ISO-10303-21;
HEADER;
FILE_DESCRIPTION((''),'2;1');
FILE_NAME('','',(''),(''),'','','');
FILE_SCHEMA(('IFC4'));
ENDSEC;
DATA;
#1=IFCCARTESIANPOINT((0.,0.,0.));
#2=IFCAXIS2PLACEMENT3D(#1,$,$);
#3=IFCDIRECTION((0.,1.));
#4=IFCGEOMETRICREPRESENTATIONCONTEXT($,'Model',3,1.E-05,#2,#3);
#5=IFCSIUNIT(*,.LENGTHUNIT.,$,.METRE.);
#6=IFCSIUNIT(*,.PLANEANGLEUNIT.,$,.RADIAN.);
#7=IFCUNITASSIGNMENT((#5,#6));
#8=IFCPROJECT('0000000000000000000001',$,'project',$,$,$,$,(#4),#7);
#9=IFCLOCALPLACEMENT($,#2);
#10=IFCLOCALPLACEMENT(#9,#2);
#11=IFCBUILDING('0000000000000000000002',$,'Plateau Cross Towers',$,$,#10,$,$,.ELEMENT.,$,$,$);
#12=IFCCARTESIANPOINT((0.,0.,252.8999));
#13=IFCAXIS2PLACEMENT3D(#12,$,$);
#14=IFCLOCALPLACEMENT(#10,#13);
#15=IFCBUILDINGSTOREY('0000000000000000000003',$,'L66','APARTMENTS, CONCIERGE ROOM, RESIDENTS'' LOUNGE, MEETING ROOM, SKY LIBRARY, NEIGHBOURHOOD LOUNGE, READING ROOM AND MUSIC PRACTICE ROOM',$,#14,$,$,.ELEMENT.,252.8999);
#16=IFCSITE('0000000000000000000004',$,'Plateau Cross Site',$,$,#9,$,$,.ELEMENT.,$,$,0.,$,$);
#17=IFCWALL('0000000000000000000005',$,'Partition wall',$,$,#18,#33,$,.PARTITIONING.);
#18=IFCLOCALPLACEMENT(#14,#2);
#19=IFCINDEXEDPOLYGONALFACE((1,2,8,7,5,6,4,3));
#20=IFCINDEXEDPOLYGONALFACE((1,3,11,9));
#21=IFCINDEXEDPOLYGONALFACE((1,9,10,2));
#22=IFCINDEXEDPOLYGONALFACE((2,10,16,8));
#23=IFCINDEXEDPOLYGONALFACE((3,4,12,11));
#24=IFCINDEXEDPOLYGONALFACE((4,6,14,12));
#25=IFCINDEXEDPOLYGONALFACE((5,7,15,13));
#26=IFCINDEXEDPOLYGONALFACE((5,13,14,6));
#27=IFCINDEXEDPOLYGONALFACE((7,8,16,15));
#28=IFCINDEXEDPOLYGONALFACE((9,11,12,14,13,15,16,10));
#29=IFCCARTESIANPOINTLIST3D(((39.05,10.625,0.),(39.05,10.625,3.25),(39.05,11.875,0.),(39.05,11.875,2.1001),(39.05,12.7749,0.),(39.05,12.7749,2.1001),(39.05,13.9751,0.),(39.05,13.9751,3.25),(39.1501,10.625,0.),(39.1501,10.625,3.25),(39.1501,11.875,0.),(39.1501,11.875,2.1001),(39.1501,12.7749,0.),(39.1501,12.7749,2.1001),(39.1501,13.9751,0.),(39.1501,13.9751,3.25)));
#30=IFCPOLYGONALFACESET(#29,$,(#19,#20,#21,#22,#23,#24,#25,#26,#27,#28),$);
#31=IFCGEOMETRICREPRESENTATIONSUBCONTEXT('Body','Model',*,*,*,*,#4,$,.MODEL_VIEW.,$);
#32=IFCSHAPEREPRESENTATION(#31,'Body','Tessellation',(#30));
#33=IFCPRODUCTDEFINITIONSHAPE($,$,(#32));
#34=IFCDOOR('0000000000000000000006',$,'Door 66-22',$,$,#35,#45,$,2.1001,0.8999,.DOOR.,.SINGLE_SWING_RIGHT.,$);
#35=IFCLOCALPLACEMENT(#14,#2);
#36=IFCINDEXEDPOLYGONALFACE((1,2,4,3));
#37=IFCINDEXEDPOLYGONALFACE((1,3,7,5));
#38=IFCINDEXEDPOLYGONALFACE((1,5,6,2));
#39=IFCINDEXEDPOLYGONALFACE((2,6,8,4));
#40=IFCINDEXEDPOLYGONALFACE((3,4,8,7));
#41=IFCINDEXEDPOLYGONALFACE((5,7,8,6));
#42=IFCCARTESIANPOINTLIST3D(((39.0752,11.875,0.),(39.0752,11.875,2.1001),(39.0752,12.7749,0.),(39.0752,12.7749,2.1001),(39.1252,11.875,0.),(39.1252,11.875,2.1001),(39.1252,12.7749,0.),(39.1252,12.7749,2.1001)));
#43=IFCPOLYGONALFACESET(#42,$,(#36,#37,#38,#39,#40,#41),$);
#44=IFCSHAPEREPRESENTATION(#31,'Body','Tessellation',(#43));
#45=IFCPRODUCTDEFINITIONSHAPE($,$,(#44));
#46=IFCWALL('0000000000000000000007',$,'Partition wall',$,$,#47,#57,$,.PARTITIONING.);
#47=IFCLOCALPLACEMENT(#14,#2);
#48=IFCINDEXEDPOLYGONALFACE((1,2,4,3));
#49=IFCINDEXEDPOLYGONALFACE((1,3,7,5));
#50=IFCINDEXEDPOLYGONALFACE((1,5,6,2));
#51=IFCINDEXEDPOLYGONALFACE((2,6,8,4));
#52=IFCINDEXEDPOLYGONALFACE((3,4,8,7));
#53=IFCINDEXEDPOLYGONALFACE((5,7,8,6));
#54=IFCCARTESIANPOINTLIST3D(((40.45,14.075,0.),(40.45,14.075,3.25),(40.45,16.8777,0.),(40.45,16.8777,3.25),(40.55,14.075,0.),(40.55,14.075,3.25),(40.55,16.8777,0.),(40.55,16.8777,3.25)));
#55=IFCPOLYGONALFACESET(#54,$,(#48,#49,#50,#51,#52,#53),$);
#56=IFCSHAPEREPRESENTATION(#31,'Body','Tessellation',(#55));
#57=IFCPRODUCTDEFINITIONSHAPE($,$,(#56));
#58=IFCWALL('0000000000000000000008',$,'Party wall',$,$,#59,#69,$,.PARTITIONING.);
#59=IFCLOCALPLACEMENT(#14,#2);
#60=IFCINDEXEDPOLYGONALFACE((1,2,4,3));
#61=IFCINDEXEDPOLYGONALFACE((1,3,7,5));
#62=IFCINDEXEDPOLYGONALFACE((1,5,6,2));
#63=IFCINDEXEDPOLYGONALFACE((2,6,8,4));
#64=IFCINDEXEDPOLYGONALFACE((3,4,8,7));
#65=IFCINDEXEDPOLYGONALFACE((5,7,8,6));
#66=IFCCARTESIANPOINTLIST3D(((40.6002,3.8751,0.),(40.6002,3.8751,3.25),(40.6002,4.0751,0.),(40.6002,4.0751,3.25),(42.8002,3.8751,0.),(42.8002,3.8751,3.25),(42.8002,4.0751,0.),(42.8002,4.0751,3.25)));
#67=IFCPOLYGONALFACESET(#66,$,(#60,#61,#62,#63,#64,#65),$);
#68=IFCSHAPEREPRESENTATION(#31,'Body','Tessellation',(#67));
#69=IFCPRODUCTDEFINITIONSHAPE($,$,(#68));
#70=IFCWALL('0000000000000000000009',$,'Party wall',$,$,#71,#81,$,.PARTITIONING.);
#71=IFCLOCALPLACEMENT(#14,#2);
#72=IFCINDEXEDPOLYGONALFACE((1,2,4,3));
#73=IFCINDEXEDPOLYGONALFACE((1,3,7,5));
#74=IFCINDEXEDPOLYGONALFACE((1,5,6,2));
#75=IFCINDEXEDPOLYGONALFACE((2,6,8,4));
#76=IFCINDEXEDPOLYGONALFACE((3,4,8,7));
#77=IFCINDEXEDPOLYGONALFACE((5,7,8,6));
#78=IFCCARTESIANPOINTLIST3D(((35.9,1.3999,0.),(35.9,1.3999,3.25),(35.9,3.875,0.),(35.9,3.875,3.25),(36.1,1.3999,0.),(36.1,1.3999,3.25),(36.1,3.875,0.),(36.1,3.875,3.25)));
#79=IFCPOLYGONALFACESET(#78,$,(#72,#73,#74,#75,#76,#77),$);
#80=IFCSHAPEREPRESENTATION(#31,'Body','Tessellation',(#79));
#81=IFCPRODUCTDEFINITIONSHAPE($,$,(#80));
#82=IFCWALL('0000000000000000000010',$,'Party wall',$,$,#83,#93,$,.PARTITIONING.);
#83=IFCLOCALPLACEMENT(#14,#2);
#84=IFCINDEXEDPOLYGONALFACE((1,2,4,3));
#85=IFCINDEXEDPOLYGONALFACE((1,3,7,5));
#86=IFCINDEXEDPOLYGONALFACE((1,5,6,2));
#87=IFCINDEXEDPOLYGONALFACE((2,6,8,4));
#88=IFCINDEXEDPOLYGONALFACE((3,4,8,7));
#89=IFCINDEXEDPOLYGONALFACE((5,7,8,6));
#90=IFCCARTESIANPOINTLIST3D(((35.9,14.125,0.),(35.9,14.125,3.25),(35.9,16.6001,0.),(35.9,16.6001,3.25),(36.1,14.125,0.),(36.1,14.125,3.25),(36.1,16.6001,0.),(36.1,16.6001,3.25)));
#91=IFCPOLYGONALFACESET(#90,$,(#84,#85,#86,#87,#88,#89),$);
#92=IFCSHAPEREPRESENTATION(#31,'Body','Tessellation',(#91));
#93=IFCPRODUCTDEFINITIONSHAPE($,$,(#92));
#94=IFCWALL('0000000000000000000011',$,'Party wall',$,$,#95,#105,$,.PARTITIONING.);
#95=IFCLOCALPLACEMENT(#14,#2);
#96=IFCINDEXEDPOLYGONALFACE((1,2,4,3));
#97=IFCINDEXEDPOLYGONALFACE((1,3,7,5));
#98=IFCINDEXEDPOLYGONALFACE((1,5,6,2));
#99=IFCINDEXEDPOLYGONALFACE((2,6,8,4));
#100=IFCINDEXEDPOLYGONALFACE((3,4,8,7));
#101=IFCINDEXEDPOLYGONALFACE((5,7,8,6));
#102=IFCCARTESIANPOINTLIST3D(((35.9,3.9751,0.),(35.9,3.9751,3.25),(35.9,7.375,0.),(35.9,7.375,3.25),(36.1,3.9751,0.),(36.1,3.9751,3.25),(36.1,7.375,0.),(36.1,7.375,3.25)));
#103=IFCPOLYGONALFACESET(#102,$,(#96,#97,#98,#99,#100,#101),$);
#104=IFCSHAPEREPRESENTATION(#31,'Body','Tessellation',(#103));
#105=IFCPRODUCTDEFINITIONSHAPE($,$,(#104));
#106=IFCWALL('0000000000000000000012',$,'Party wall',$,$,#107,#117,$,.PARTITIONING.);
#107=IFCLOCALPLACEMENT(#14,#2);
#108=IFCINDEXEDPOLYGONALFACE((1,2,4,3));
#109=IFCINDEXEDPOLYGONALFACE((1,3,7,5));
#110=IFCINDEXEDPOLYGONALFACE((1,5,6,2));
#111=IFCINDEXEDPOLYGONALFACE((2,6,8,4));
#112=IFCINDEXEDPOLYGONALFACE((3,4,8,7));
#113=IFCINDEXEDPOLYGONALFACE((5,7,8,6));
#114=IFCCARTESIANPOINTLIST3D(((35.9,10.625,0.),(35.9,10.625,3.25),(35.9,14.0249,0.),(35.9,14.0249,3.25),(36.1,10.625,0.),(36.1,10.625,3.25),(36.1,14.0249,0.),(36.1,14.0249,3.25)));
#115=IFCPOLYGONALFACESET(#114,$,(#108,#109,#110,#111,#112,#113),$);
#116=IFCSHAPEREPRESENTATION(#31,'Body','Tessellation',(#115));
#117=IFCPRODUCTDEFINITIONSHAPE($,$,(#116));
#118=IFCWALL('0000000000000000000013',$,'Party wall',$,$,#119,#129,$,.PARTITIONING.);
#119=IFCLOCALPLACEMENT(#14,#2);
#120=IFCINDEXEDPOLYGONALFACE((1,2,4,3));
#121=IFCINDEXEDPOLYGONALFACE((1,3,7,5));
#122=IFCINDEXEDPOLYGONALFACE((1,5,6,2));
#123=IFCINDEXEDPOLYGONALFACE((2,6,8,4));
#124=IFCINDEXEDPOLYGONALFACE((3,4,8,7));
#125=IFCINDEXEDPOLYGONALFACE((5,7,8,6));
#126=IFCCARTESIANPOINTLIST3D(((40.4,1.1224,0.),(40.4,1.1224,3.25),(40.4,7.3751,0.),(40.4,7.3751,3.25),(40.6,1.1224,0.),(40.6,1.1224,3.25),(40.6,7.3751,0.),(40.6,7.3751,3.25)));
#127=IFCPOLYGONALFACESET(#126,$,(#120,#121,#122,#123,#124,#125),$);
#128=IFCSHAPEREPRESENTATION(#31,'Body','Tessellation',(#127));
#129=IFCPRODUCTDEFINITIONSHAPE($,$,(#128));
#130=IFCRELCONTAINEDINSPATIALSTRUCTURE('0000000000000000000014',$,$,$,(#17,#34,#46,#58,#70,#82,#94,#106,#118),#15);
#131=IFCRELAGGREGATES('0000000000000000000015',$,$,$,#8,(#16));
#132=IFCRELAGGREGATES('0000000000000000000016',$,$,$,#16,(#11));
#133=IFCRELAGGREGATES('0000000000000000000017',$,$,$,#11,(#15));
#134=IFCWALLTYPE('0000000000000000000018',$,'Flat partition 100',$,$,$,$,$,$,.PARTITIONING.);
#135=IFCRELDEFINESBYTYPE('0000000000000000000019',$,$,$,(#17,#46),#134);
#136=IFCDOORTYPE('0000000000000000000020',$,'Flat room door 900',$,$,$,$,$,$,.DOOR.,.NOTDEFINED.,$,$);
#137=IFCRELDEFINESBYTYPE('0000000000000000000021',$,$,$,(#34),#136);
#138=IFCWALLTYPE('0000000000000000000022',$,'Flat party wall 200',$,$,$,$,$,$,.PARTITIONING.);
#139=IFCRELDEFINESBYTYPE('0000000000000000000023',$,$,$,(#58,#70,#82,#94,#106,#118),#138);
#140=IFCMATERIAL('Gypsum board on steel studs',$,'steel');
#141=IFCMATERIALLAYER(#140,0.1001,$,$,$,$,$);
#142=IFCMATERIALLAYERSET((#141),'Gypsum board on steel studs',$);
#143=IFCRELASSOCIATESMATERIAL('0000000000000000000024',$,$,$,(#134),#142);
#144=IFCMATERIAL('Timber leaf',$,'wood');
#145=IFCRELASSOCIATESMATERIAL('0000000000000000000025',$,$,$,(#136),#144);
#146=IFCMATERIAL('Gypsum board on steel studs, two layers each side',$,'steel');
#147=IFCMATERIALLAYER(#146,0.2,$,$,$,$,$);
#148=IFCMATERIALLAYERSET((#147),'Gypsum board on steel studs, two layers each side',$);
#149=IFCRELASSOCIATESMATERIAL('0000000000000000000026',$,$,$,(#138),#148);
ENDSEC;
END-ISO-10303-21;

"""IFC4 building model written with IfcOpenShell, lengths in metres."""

from ifc_helpers import new_model, si_unit, direction, frame, frame_2d, origin, place, context, subcontext, project, spatial, rectangle, extrude, material, layer, layer_set, type_object, element, fill, save


model = new_model("IFC4")

# Units and contexts
model_context = context("Model", 3, precision=1e-05, world=origin(), true_north=direction((0.0, 1.0)))
body_context = subcontext(model_context, "Body", "Model", "MODEL_VIEW")
ifc_project = project(units=[si_unit("LENGTHUNIT", "METRE"), si_unit("PLANEANGLEUNIT", "RADIAN")], contexts=[model_context])

# Site, building, storey
site_placement = place(None, origin())
site = spatial("IfcSite", under=ifc_project, at=site_placement, Name="Plateau Cross Site", CompositionType="ELEMENT", RefElevation=0.0)
building_placement = place(site_placement, origin())
building = spatial("IfcBuilding", under=site, at=building_placement, Name="Plateau Cross Towers", CompositionType="ELEMENT")
storey_placement = place(building_placement, frame((0.0, 0.0, 252.8999)))
storey = spatial("IfcBuildingStorey", under=building, at=storey_placement, Name="L66", Description="APARTMENTS, CONCIERGE ROOM, RESIDENTS' LOUNGE, MEETING ROOM, SKY LIBRARY, NEIGHBOURHOOD LOUNGE, READING ROOM AND MUSIC PRACTICE ROOM", CompositionType="ELEMENT", Elevation=252.8999)

# Shared definitions
ifc_material_1 = material(Name="Gypsum board on steel studs", Category="steel")
ifc_layer_1 = layer(ifc_material_1, 0.1001)
ifc_layer_set_1 = layer_set([ifc_layer_1], Name="Gypsum board on steel studs")
wall_type_1 = type_object("IfcWallType", Name="Flat partition 100", PredefinedType="PARTITIONING", material=ifc_layer_set_1)

# Shared definitions
ifc_material_2 = material(Name="Timber leaf", Category="wood")
door_type = type_object("IfcDoorType", Name="Flat room door 900", OperationType="NOTDEFINED", PredefinedType="DOOR", material=ifc_material_2)

# Wall, opening, door
wall_1_placement = place(storey_placement, frame((39.1001, 10.625, 0.0), z_axis=(0.0, 0.0, 1.0), x_axis=(0.0, 1.0, 0.0)))
wall_1 = element("IfcWall", 1, at=wall_1_placement, inside=storey, type_object=wall_type_1, Name="Partition wall", PredefinedType="PARTITIONING", context=body_context, shape_type="SweptSolid", body=[
    extrude(rectangle(XDim=3.3501, YDim=0.1001, at=frame_2d((1.675, 0.0))), origin(), (0.0, 0.0, 1.0), 3.25),
])
opening_1_placement = place(wall_1_placement, frame((1.25, 0.0, 0.0)))
opening_1 = element("IfcOpeningElement", 2, at=opening_1_placement, cuts=wall_1, PredefinedType="OPENING", context=body_context, shape_type="SweptSolid", body=[
    extrude(rectangle(XDim=0.8999, YDim=2.1001, at=frame_2d((0.45, 1.05))), frame((0.0, 0.0601, 0.0), z_axis=(0.0, -1.0, 0.0), x_axis=(1.0, 0.0, 0.0)), (0.0, 0.0, 1.0), 0.1201),
])
door_1_placement = place(opening_1_placement, origin())
door_1 = element("IfcDoor", 3, at=door_1_placement, inside=storey, type_object=door_type, Name="Door 66-22", OperationType="SINGLE_SWING_RIGHT", OverallHeight=2.1001, OverallWidth=0.8999, PredefinedType="DOOR", context=body_context, shape_type="SweptSolid", body=[
    extrude(rectangle(XDim=0.8999, YDim=2.1001, at=frame_2d((0.45, 1.05))), frame((0.0, 0.0249, 0.0), z_axis=(0.0, -1.0, 0.0), x_axis=(1.0, 0.0, 0.0)), (0.0, 0.0, 1.0), 0.05),
])
fill(opening_1, door_1)

# Walls
wall_2_placement = place(storey_placement, frame((40.5, 16.8777, 0.0), z_axis=(0.0, 0.0, 1.0), x_axis=(0.0, -1.0, 0.0)))
element("IfcWall", 4, at=wall_2_placement, inside=storey, type_object=wall_type_1, Name="Partition wall", PredefinedType="PARTITIONING", context=body_context, shape_type="SweptSolid", body=[
    extrude(rectangle(XDim=2.8027, YDim=0.1001, at=frame_2d((1.4014, 0.0))), origin(), (0.0, 0.0, 1.0), 3.25),
])
ifc_material_3 = material(Name="Gypsum board on steel studs, two layers each side", Category="steel")
ifc_layer_2 = layer(ifc_material_3, 0.2)
ifc_layer_set_2 = layer_set([ifc_layer_2], Name="Gypsum board on steel studs, two layers each side")
wall_type_2 = type_object("IfcWallType", Name="Flat party wall 200", PredefinedType="PARTITIONING", material=ifc_layer_set_2)
wall_3_placement = place(storey_placement, frame((40.6001, 3.9751, 0.0), z_axis=(0.0, 0.0, 1.0), x_axis=(1.0, 0.0, 0.0)))
element("IfcWall", 5, at=wall_3_placement, inside=storey, type_object=wall_type_2, Name="Party wall", PredefinedType="PARTITIONING", context=body_context, shape_type="SweptSolid", body=[
    extrude(rectangle(XDim=2.2, YDim=0.2, at=frame_2d((1.1001, 0.0))), origin(), (0.0, 0.0, 1.0), 3.25),
])
for number, where, z_axis, x_axis, name in (
    (6, (36.0, 3.875, 0.0), (0.0, 0.0, 1.0), (0.0, -1.0, 0.0), "Party wall"),
    (7, (36.0, 16.6001, 0.0), (0.0, 0.0, 1.0), (0.0, -1.0, 0.0), "Party wall"),
):
    element("IfcWall", number, at=place(storey_placement, frame(where, z_axis=z_axis, x_axis=x_axis)), inside=storey, type_object=wall_type_2, Name=name, PredefinedType="PARTITIONING", context=body_context, shape_type="SweptSolid", body=[
        extrude(rectangle(XDim=2.4751, YDim=0.2, at=frame_2d((1.2375, 0.0))), origin(), (0.0, 0.0, 1.0), 3.25),
    ])
for number, where, z_axis, x_axis, name in (
    (8, (36.0, 3.9751, 0.0), (0.0, 0.0, 1.0), (0.0, 1.0, 0.0), "Party wall"),
    (9, (36.0, 10.625, 0.0), (0.0, 0.0, 1.0), (0.0, 1.0, 0.0), "Party wall"),
):
    element("IfcWall", number, at=place(storey_placement, frame(where, z_axis=z_axis, x_axis=x_axis)), inside=storey, type_object=wall_type_2, Name=name, PredefinedType="PARTITIONING", context=body_context, shape_type="SweptSolid", body=[
        extrude(rectangle(XDim=3.3999, YDim=0.2, at=frame_2d((1.7, 0.0))), origin(), (0.0, 0.0, 1.0), 3.25),
    ])
wall_4_placement = place(storey_placement, frame((40.5, 1.1223, 0.0), z_axis=(0.0, 0.0, 1.0), x_axis=(0.0, 1.0, 0.0)))
element("IfcWall", 10, at=wall_4_placement, inside=storey, type_object=wall_type_2, Name="Party wall", PredefinedType="PARTITIONING", context=body_context, shape_type="SweptSolid", body=[
    extrude(rectangle(XDim=6.2527, YDim=0.2, at=frame_2d((3.1265, 0.0))), origin(), (0.0, 0.0, 1.0), 3.25),
])

save(model, "model.ifc")
